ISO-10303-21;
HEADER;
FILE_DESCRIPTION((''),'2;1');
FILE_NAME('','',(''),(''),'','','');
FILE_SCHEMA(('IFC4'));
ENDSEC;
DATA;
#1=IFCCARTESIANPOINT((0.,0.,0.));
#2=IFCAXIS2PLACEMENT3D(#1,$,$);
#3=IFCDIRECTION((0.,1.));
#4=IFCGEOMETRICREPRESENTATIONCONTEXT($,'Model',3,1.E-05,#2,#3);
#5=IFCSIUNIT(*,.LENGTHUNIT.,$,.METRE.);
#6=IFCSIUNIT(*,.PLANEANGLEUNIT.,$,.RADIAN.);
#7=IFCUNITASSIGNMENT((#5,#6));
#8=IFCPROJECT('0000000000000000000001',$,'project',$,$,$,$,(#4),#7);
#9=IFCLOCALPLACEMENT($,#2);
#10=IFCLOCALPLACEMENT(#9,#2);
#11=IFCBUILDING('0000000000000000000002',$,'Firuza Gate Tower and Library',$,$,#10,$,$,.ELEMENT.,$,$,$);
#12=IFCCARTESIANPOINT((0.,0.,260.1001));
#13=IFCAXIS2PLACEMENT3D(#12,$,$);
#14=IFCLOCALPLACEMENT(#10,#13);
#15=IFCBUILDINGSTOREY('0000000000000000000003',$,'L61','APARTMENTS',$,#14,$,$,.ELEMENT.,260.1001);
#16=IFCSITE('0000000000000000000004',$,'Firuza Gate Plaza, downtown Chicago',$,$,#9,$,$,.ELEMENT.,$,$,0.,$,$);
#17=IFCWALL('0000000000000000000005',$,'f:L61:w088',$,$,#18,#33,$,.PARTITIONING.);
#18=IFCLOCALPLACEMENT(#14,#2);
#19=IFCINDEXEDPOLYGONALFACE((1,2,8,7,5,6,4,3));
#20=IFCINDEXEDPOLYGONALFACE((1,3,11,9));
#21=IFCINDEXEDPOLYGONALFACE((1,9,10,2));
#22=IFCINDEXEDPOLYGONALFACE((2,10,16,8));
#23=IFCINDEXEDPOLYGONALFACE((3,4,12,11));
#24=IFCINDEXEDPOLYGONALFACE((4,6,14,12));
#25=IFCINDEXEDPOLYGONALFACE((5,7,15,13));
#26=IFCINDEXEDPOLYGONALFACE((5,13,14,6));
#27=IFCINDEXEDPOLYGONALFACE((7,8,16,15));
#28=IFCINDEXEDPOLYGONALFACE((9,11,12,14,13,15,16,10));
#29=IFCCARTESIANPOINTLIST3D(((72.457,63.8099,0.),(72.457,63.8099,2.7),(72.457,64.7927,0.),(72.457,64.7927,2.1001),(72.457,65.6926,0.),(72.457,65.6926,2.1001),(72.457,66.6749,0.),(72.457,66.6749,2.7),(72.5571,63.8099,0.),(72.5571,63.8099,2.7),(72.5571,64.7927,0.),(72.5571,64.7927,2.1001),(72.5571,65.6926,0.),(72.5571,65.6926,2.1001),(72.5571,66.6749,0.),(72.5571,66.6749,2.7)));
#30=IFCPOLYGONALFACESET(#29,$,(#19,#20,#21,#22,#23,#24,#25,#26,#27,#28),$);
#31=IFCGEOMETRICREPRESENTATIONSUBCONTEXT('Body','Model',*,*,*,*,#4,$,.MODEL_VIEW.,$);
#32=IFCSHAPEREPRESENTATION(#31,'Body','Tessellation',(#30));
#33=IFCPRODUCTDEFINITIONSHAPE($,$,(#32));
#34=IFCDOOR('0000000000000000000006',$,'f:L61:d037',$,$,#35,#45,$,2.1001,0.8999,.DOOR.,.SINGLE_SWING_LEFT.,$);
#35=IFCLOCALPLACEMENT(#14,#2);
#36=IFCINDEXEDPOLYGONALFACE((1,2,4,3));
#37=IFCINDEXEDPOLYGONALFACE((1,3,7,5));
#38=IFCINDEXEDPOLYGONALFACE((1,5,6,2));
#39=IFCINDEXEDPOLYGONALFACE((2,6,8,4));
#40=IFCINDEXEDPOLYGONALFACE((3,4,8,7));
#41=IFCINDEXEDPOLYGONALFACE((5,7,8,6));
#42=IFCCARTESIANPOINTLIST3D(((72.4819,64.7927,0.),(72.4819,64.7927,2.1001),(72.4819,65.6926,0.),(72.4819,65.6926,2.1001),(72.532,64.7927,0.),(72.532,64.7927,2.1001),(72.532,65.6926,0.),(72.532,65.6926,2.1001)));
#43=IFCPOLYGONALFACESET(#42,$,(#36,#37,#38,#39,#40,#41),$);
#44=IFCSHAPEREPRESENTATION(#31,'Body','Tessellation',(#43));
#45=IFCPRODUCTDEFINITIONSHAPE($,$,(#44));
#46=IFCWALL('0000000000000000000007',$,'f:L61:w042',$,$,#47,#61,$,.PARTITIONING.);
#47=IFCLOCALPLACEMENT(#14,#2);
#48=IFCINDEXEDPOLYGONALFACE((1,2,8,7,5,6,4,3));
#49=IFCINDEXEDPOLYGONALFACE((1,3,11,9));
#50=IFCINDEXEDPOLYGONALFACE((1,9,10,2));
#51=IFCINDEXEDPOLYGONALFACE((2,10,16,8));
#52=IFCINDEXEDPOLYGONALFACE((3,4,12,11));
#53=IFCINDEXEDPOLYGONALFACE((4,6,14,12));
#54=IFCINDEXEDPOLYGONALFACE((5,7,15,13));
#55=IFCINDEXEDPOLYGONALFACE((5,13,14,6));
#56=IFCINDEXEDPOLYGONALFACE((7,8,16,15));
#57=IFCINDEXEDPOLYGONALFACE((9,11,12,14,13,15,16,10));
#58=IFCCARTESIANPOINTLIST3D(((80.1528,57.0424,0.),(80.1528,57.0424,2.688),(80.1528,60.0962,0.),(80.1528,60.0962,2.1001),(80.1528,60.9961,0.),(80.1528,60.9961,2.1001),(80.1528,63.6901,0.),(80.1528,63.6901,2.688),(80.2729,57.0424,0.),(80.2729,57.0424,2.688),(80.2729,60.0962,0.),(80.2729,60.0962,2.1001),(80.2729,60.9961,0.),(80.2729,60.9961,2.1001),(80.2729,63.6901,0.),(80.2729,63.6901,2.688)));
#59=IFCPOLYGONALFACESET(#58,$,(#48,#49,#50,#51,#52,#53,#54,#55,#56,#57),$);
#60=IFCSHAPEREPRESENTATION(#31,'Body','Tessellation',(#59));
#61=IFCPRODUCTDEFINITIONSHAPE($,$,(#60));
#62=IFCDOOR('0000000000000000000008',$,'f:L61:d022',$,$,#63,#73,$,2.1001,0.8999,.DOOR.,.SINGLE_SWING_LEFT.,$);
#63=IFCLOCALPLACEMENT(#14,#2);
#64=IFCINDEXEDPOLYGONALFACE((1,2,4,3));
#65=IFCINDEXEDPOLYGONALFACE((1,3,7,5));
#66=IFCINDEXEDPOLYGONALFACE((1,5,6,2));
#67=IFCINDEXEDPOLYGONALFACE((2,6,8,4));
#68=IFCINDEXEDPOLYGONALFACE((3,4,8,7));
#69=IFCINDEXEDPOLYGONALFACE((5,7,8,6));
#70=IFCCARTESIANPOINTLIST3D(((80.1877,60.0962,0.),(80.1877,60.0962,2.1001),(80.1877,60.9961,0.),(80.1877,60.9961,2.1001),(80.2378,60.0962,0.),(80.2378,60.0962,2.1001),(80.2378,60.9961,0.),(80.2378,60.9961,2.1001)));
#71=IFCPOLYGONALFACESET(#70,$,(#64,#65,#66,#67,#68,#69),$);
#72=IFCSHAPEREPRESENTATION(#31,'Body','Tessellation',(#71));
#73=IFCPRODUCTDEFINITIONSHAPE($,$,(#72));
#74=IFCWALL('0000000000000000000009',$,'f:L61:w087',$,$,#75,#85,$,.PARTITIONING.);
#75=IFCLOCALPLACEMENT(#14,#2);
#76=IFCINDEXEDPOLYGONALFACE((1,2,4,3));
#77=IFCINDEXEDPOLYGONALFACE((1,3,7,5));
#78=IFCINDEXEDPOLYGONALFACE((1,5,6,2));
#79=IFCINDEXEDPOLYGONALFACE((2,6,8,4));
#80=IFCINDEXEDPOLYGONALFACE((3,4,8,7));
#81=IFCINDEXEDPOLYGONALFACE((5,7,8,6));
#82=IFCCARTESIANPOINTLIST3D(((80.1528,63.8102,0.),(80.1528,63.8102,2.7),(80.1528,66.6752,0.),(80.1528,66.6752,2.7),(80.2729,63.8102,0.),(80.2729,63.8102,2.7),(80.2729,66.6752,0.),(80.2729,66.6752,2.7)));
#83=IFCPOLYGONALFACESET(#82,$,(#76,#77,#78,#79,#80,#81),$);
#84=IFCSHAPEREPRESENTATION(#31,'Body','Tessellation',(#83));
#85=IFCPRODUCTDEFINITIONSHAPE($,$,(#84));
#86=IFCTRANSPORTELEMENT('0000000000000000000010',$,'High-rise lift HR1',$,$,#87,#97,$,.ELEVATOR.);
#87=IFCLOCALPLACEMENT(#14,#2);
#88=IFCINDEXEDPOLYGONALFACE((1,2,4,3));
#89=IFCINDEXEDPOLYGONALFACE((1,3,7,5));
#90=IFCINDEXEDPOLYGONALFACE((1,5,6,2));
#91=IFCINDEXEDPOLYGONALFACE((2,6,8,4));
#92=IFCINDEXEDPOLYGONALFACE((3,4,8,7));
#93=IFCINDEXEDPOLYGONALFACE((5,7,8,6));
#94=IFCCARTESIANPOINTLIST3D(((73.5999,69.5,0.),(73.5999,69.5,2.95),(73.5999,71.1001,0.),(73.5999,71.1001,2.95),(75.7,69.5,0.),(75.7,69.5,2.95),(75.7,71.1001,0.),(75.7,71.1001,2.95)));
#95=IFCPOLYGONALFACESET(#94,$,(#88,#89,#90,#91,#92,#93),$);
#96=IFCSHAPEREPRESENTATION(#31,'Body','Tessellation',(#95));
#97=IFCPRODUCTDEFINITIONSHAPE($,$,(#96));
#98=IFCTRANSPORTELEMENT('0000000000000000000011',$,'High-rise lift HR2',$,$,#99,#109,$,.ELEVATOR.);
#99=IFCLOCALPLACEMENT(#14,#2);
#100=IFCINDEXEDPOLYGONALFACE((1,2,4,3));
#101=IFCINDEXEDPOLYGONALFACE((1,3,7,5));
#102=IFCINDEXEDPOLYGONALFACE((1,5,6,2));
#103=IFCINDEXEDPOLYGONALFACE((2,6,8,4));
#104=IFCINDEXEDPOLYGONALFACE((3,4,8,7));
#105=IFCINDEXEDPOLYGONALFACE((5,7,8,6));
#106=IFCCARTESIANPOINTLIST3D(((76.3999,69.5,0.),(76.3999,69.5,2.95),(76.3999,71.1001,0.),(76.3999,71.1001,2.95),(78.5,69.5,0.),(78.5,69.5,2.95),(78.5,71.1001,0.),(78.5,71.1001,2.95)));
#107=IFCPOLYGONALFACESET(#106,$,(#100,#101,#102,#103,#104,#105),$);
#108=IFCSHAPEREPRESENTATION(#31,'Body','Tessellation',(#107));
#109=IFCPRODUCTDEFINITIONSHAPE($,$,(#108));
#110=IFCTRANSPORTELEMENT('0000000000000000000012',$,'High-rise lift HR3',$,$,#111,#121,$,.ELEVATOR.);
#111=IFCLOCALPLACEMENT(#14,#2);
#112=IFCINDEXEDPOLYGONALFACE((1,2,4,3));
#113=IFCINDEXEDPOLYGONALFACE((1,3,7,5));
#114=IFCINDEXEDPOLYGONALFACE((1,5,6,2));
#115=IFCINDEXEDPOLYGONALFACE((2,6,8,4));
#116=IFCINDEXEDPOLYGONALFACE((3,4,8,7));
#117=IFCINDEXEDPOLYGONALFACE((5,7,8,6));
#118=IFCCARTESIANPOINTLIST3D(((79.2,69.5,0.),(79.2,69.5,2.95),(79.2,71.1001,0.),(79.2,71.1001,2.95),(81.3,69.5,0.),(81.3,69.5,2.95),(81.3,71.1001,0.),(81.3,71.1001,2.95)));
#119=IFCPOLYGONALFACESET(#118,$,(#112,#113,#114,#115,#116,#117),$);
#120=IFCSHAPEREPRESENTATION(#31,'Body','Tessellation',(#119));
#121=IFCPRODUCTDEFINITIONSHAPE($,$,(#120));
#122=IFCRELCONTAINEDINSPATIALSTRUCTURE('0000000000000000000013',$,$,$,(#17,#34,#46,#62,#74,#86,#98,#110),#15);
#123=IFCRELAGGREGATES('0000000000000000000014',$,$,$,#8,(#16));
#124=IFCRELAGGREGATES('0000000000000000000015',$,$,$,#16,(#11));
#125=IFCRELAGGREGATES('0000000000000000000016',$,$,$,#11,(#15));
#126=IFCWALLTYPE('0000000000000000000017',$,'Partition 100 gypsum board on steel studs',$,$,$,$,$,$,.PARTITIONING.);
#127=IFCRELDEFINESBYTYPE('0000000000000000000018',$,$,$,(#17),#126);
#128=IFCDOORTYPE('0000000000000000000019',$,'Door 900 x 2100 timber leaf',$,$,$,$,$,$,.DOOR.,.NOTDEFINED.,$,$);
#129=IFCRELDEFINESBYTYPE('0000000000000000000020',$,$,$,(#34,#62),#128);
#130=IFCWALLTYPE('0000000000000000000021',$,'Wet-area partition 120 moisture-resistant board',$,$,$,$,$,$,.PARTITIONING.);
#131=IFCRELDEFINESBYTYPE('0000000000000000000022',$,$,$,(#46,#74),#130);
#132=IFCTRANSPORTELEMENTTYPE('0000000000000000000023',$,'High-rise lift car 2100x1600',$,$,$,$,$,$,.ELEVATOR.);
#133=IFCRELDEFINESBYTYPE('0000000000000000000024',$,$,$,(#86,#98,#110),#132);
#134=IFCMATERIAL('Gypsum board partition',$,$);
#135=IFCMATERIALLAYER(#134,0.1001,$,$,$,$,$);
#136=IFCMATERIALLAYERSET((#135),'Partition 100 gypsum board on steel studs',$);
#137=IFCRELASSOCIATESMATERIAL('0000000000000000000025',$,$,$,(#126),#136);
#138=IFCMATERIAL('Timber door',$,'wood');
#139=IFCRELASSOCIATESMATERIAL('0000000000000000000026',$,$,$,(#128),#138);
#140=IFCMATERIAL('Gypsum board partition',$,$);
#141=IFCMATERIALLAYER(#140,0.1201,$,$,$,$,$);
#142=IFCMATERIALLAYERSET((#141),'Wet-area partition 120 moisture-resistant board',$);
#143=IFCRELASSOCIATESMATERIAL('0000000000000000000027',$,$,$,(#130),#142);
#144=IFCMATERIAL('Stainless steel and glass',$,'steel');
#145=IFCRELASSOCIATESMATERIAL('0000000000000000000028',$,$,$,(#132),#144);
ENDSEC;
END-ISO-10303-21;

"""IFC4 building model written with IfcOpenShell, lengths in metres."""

from ifc_helpers import new_model, si_unit, direction, frame, frame_2d, origin, origin_2d, place, context, subcontext, project, spatial, rectangle, extrude, material, layer, layer_set, type_object, element, fill, save


model = new_model("IFC4")

# Units and contexts
model_context = context("Model", 3, precision=1e-05, world=origin(), true_north=direction((0.0, 1.0)))
body_context = subcontext(model_context, "Body", "Model", "MODEL_VIEW")
ifc_project = project(units=[si_unit("LENGTHUNIT", "METRE"), si_unit("PLANEANGLEUNIT", "RADIAN")], contexts=[model_context])

# Site, building, storey
site_placement = place(None, origin())
site = spatial("IfcSite", under=ifc_project, at=site_placement, Name="Firuza Gate Plaza, downtown Chicago", CompositionType="ELEMENT", RefElevation=0.0)
building_placement = place(site_placement, origin())
building = spatial("IfcBuilding", under=site, at=building_placement, Name="Firuza Gate Tower and Library", CompositionType="ELEMENT")
storey_placement = place(building_placement, frame((0.0, 0.0, 260.1001)))
storey = spatial("IfcBuildingStorey", under=building, at=storey_placement, Name="L61", Description="APARTMENTS", CompositionType="ELEMENT", Elevation=260.1001)

# Walls, openings, doors
ifc_material_1 = material(Name="Gypsum board partition")
ifc_layer_1 = layer(ifc_material_1, 0.1001)
ifc_layer_set_1 = layer_set([ifc_layer_1], Name="Partition 100 gypsum board on steel studs")
wall_type_1 = type_object("IfcWallType", Name="Partition 100 gypsum board on steel studs", PredefinedType="PARTITIONING", material=ifc_layer_set_1)
wall_1_placement = place(storey_placement, frame((72.5071, 66.675, 0.0), z_axis=(0.0, 0.0, 1.0), x_axis=(0.0, -1.0, 0.0)))
wall_1 = element("IfcWall", 1, at=wall_1_placement, inside=storey, type_object=wall_type_1, Name="f:L61:w088", PredefinedType="PARTITIONING", context=body_context, shape_type="SweptSolid", body=[
    extrude(rectangle(XDim=2.865, YDim=0.1001, at=frame_2d((1.4326, 0.0))), origin(), (0.0, 0.0, 1.0), 2.7),
])
opening_1_placement = place(wall_1_placement, frame((0.9824, 0.0, 0.0)))
opening_1 = element("IfcOpeningElement", 2, at=opening_1_placement, cuts=wall_1, PredefinedType="OPENING", context=body_context, shape_type="SweptSolid", body=[
    extrude(rectangle(XDim=0.8999, YDim=2.1001, at=frame_2d((0.45, 1.05))), frame((0.0, 0.0601, 0.0), z_axis=(0.0, -1.0, 0.0), x_axis=(1.0, 0.0, 0.0)), (0.0, 0.0, 1.0), 0.1201),
])
ifc_material_2 = material(Name="Timber door", Category="wood")
door_type_1 = type_object("IfcDoorType", Name="Door 900 x 2100 timber leaf", OperationType="NOTDEFINED", PredefinedType="DOOR", material=ifc_material_2)
door_1_placement = place(opening_1_placement, origin())
door_1 = element("IfcDoor", 3, at=door_1_placement, inside=storey, type_object=door_type_1, Name="f:L61:d037", OperationType="SINGLE_SWING_LEFT", OverallHeight=2.1001, OverallWidth=0.8999, PredefinedType="DOOR", context=body_context, shape_type="SweptSolid", body=[
    extrude(rectangle(XDim=0.8999, YDim=2.1001, at=frame_2d((0.45, 1.05))), frame((0.0, 0.0249, 0.0), z_axis=(0.0, -1.0, 0.0), x_axis=(1.0, 0.0, 0.0)), (0.0, 0.0, 1.0), 0.05),
])
fill(opening_1, door_1)
ifc_material_3 = material(Name="Gypsum board partition")
ifc_layer_2 = layer(ifc_material_3, 0.1201)
ifc_layer_set_2 = layer_set([ifc_layer_2], Name="Wet-area partition 120 moisture-resistant board")
wall_type_2 = type_object("IfcWallType", Name="Wet-area partition 120 moisture-resistant board", PredefinedType="PARTITIONING", material=ifc_layer_set_2)
wall_2_placement = place(storey_placement, frame((80.2129, 63.6899, 0.0), z_axis=(0.0, 0.0, 1.0), x_axis=(0.0, -1.0, 0.0)))
wall_2 = element("IfcWall", 4, at=wall_2_placement, inside=storey, type_object=wall_type_2, Name="f:L61:w042", PredefinedType="PARTITIONING", context=body_context, shape_type="SweptSolid", body=[
    extrude(rectangle(XDim=6.6477, YDim=0.1201, at=frame_2d((3.3237, 0.0))), origin(), (0.0, 0.0, 1.0), 2.688),
])
opening_2_placement = place(wall_2_placement, frame((2.6938, 0.0, 0.0)))
opening_2 = element("IfcOpeningElement", 5, at=opening_2_placement, cuts=wall_2, PredefinedType="OPENING", context=body_context, shape_type="SweptSolid", body=[
    extrude(rectangle(XDim=0.8999, YDim=2.1001, at=frame_2d((0.45, 1.05))), frame((0.0, 0.0701, 0.0), z_axis=(0.0, -1.0, 0.0), x_axis=(1.0, 0.0, 0.0)), (0.0, 0.0, 1.0), 0.1401),
])
door_2_placement = place(opening_2_placement, origin())
door_2 = element("IfcDoor", 6, at=door_2_placement, inside=storey, type_object=door_type_1, Name="f:L61:d022", OperationType="SINGLE_SWING_LEFT", OverallHeight=2.1001, OverallWidth=0.8999, PredefinedType="DOOR", context=body_context, shape_type="SweptSolid", body=[
    extrude(rectangle(XDim=0.8999, YDim=2.1001, at=frame_2d((0.45, 1.05))), frame((0.0, 0.0249, 0.0), z_axis=(0.0, -1.0, 0.0), x_axis=(1.0, 0.0, 0.0)), (0.0, 0.0, 1.0), 0.05),
])
fill(opening_2, door_2)

# Wall
wall_3_placement = place(storey_placement, frame((80.2129, 63.8101, 0.0), z_axis=(0.0, 0.0, 1.0), x_axis=(0.0, 1.0, 0.0)))
element("IfcWall", 7, at=wall_3_placement, inside=storey, type_object=wall_type_2, Name="f:L61:w087", PredefinedType="PARTITIONING", context=body_context, shape_type="SweptSolid", body=[
    extrude(rectangle(XDim=2.865, YDim=0.1201, at=frame_2d((1.4326, 0.0))), origin(), (0.0, 0.0, 1.0), 2.7),
])

# Transport elements
ifc_material_4 = material(Name="Stainless steel and glass", Category="steel")
transport_element_type = type_object("IfcTransportElementType", Name="High-rise lift car 2100x1600", PredefinedType="ELEVATOR", material=ifc_material_4)
for number, where, z_axis, x_axis, name in (
    (8, (74.6499, 70.3, 0.0), (0.0, 0.0, 1.0), (1.0, 0.0, 0.0), "High-rise lift HR1"),
    (9, (77.45, 70.3, 0.0), (0.0, 0.0, 1.0), (1.0, 0.0, 0.0), "High-rise lift HR2"),
    (10, (80.25, 70.3, 0.0), (0.0, 0.0, 1.0), (1.0, 0.0, 0.0), "High-rise lift HR3"),
):
    element("IfcTransportElement", number, at=place(storey_placement, frame(where, z_axis=z_axis, x_axis=x_axis)), inside=storey, type_object=transport_element_type, Name=name, PredefinedType="ELEVATOR", context=body_context, shape_type="SweptSolid", body=[
        extrude(rectangle(XDim=2.1001, YDim=1.6001, at=origin_2d()), origin(), (0.0, 0.0, 1.0), 2.95),
    ])

save(model, "model.ifc")
